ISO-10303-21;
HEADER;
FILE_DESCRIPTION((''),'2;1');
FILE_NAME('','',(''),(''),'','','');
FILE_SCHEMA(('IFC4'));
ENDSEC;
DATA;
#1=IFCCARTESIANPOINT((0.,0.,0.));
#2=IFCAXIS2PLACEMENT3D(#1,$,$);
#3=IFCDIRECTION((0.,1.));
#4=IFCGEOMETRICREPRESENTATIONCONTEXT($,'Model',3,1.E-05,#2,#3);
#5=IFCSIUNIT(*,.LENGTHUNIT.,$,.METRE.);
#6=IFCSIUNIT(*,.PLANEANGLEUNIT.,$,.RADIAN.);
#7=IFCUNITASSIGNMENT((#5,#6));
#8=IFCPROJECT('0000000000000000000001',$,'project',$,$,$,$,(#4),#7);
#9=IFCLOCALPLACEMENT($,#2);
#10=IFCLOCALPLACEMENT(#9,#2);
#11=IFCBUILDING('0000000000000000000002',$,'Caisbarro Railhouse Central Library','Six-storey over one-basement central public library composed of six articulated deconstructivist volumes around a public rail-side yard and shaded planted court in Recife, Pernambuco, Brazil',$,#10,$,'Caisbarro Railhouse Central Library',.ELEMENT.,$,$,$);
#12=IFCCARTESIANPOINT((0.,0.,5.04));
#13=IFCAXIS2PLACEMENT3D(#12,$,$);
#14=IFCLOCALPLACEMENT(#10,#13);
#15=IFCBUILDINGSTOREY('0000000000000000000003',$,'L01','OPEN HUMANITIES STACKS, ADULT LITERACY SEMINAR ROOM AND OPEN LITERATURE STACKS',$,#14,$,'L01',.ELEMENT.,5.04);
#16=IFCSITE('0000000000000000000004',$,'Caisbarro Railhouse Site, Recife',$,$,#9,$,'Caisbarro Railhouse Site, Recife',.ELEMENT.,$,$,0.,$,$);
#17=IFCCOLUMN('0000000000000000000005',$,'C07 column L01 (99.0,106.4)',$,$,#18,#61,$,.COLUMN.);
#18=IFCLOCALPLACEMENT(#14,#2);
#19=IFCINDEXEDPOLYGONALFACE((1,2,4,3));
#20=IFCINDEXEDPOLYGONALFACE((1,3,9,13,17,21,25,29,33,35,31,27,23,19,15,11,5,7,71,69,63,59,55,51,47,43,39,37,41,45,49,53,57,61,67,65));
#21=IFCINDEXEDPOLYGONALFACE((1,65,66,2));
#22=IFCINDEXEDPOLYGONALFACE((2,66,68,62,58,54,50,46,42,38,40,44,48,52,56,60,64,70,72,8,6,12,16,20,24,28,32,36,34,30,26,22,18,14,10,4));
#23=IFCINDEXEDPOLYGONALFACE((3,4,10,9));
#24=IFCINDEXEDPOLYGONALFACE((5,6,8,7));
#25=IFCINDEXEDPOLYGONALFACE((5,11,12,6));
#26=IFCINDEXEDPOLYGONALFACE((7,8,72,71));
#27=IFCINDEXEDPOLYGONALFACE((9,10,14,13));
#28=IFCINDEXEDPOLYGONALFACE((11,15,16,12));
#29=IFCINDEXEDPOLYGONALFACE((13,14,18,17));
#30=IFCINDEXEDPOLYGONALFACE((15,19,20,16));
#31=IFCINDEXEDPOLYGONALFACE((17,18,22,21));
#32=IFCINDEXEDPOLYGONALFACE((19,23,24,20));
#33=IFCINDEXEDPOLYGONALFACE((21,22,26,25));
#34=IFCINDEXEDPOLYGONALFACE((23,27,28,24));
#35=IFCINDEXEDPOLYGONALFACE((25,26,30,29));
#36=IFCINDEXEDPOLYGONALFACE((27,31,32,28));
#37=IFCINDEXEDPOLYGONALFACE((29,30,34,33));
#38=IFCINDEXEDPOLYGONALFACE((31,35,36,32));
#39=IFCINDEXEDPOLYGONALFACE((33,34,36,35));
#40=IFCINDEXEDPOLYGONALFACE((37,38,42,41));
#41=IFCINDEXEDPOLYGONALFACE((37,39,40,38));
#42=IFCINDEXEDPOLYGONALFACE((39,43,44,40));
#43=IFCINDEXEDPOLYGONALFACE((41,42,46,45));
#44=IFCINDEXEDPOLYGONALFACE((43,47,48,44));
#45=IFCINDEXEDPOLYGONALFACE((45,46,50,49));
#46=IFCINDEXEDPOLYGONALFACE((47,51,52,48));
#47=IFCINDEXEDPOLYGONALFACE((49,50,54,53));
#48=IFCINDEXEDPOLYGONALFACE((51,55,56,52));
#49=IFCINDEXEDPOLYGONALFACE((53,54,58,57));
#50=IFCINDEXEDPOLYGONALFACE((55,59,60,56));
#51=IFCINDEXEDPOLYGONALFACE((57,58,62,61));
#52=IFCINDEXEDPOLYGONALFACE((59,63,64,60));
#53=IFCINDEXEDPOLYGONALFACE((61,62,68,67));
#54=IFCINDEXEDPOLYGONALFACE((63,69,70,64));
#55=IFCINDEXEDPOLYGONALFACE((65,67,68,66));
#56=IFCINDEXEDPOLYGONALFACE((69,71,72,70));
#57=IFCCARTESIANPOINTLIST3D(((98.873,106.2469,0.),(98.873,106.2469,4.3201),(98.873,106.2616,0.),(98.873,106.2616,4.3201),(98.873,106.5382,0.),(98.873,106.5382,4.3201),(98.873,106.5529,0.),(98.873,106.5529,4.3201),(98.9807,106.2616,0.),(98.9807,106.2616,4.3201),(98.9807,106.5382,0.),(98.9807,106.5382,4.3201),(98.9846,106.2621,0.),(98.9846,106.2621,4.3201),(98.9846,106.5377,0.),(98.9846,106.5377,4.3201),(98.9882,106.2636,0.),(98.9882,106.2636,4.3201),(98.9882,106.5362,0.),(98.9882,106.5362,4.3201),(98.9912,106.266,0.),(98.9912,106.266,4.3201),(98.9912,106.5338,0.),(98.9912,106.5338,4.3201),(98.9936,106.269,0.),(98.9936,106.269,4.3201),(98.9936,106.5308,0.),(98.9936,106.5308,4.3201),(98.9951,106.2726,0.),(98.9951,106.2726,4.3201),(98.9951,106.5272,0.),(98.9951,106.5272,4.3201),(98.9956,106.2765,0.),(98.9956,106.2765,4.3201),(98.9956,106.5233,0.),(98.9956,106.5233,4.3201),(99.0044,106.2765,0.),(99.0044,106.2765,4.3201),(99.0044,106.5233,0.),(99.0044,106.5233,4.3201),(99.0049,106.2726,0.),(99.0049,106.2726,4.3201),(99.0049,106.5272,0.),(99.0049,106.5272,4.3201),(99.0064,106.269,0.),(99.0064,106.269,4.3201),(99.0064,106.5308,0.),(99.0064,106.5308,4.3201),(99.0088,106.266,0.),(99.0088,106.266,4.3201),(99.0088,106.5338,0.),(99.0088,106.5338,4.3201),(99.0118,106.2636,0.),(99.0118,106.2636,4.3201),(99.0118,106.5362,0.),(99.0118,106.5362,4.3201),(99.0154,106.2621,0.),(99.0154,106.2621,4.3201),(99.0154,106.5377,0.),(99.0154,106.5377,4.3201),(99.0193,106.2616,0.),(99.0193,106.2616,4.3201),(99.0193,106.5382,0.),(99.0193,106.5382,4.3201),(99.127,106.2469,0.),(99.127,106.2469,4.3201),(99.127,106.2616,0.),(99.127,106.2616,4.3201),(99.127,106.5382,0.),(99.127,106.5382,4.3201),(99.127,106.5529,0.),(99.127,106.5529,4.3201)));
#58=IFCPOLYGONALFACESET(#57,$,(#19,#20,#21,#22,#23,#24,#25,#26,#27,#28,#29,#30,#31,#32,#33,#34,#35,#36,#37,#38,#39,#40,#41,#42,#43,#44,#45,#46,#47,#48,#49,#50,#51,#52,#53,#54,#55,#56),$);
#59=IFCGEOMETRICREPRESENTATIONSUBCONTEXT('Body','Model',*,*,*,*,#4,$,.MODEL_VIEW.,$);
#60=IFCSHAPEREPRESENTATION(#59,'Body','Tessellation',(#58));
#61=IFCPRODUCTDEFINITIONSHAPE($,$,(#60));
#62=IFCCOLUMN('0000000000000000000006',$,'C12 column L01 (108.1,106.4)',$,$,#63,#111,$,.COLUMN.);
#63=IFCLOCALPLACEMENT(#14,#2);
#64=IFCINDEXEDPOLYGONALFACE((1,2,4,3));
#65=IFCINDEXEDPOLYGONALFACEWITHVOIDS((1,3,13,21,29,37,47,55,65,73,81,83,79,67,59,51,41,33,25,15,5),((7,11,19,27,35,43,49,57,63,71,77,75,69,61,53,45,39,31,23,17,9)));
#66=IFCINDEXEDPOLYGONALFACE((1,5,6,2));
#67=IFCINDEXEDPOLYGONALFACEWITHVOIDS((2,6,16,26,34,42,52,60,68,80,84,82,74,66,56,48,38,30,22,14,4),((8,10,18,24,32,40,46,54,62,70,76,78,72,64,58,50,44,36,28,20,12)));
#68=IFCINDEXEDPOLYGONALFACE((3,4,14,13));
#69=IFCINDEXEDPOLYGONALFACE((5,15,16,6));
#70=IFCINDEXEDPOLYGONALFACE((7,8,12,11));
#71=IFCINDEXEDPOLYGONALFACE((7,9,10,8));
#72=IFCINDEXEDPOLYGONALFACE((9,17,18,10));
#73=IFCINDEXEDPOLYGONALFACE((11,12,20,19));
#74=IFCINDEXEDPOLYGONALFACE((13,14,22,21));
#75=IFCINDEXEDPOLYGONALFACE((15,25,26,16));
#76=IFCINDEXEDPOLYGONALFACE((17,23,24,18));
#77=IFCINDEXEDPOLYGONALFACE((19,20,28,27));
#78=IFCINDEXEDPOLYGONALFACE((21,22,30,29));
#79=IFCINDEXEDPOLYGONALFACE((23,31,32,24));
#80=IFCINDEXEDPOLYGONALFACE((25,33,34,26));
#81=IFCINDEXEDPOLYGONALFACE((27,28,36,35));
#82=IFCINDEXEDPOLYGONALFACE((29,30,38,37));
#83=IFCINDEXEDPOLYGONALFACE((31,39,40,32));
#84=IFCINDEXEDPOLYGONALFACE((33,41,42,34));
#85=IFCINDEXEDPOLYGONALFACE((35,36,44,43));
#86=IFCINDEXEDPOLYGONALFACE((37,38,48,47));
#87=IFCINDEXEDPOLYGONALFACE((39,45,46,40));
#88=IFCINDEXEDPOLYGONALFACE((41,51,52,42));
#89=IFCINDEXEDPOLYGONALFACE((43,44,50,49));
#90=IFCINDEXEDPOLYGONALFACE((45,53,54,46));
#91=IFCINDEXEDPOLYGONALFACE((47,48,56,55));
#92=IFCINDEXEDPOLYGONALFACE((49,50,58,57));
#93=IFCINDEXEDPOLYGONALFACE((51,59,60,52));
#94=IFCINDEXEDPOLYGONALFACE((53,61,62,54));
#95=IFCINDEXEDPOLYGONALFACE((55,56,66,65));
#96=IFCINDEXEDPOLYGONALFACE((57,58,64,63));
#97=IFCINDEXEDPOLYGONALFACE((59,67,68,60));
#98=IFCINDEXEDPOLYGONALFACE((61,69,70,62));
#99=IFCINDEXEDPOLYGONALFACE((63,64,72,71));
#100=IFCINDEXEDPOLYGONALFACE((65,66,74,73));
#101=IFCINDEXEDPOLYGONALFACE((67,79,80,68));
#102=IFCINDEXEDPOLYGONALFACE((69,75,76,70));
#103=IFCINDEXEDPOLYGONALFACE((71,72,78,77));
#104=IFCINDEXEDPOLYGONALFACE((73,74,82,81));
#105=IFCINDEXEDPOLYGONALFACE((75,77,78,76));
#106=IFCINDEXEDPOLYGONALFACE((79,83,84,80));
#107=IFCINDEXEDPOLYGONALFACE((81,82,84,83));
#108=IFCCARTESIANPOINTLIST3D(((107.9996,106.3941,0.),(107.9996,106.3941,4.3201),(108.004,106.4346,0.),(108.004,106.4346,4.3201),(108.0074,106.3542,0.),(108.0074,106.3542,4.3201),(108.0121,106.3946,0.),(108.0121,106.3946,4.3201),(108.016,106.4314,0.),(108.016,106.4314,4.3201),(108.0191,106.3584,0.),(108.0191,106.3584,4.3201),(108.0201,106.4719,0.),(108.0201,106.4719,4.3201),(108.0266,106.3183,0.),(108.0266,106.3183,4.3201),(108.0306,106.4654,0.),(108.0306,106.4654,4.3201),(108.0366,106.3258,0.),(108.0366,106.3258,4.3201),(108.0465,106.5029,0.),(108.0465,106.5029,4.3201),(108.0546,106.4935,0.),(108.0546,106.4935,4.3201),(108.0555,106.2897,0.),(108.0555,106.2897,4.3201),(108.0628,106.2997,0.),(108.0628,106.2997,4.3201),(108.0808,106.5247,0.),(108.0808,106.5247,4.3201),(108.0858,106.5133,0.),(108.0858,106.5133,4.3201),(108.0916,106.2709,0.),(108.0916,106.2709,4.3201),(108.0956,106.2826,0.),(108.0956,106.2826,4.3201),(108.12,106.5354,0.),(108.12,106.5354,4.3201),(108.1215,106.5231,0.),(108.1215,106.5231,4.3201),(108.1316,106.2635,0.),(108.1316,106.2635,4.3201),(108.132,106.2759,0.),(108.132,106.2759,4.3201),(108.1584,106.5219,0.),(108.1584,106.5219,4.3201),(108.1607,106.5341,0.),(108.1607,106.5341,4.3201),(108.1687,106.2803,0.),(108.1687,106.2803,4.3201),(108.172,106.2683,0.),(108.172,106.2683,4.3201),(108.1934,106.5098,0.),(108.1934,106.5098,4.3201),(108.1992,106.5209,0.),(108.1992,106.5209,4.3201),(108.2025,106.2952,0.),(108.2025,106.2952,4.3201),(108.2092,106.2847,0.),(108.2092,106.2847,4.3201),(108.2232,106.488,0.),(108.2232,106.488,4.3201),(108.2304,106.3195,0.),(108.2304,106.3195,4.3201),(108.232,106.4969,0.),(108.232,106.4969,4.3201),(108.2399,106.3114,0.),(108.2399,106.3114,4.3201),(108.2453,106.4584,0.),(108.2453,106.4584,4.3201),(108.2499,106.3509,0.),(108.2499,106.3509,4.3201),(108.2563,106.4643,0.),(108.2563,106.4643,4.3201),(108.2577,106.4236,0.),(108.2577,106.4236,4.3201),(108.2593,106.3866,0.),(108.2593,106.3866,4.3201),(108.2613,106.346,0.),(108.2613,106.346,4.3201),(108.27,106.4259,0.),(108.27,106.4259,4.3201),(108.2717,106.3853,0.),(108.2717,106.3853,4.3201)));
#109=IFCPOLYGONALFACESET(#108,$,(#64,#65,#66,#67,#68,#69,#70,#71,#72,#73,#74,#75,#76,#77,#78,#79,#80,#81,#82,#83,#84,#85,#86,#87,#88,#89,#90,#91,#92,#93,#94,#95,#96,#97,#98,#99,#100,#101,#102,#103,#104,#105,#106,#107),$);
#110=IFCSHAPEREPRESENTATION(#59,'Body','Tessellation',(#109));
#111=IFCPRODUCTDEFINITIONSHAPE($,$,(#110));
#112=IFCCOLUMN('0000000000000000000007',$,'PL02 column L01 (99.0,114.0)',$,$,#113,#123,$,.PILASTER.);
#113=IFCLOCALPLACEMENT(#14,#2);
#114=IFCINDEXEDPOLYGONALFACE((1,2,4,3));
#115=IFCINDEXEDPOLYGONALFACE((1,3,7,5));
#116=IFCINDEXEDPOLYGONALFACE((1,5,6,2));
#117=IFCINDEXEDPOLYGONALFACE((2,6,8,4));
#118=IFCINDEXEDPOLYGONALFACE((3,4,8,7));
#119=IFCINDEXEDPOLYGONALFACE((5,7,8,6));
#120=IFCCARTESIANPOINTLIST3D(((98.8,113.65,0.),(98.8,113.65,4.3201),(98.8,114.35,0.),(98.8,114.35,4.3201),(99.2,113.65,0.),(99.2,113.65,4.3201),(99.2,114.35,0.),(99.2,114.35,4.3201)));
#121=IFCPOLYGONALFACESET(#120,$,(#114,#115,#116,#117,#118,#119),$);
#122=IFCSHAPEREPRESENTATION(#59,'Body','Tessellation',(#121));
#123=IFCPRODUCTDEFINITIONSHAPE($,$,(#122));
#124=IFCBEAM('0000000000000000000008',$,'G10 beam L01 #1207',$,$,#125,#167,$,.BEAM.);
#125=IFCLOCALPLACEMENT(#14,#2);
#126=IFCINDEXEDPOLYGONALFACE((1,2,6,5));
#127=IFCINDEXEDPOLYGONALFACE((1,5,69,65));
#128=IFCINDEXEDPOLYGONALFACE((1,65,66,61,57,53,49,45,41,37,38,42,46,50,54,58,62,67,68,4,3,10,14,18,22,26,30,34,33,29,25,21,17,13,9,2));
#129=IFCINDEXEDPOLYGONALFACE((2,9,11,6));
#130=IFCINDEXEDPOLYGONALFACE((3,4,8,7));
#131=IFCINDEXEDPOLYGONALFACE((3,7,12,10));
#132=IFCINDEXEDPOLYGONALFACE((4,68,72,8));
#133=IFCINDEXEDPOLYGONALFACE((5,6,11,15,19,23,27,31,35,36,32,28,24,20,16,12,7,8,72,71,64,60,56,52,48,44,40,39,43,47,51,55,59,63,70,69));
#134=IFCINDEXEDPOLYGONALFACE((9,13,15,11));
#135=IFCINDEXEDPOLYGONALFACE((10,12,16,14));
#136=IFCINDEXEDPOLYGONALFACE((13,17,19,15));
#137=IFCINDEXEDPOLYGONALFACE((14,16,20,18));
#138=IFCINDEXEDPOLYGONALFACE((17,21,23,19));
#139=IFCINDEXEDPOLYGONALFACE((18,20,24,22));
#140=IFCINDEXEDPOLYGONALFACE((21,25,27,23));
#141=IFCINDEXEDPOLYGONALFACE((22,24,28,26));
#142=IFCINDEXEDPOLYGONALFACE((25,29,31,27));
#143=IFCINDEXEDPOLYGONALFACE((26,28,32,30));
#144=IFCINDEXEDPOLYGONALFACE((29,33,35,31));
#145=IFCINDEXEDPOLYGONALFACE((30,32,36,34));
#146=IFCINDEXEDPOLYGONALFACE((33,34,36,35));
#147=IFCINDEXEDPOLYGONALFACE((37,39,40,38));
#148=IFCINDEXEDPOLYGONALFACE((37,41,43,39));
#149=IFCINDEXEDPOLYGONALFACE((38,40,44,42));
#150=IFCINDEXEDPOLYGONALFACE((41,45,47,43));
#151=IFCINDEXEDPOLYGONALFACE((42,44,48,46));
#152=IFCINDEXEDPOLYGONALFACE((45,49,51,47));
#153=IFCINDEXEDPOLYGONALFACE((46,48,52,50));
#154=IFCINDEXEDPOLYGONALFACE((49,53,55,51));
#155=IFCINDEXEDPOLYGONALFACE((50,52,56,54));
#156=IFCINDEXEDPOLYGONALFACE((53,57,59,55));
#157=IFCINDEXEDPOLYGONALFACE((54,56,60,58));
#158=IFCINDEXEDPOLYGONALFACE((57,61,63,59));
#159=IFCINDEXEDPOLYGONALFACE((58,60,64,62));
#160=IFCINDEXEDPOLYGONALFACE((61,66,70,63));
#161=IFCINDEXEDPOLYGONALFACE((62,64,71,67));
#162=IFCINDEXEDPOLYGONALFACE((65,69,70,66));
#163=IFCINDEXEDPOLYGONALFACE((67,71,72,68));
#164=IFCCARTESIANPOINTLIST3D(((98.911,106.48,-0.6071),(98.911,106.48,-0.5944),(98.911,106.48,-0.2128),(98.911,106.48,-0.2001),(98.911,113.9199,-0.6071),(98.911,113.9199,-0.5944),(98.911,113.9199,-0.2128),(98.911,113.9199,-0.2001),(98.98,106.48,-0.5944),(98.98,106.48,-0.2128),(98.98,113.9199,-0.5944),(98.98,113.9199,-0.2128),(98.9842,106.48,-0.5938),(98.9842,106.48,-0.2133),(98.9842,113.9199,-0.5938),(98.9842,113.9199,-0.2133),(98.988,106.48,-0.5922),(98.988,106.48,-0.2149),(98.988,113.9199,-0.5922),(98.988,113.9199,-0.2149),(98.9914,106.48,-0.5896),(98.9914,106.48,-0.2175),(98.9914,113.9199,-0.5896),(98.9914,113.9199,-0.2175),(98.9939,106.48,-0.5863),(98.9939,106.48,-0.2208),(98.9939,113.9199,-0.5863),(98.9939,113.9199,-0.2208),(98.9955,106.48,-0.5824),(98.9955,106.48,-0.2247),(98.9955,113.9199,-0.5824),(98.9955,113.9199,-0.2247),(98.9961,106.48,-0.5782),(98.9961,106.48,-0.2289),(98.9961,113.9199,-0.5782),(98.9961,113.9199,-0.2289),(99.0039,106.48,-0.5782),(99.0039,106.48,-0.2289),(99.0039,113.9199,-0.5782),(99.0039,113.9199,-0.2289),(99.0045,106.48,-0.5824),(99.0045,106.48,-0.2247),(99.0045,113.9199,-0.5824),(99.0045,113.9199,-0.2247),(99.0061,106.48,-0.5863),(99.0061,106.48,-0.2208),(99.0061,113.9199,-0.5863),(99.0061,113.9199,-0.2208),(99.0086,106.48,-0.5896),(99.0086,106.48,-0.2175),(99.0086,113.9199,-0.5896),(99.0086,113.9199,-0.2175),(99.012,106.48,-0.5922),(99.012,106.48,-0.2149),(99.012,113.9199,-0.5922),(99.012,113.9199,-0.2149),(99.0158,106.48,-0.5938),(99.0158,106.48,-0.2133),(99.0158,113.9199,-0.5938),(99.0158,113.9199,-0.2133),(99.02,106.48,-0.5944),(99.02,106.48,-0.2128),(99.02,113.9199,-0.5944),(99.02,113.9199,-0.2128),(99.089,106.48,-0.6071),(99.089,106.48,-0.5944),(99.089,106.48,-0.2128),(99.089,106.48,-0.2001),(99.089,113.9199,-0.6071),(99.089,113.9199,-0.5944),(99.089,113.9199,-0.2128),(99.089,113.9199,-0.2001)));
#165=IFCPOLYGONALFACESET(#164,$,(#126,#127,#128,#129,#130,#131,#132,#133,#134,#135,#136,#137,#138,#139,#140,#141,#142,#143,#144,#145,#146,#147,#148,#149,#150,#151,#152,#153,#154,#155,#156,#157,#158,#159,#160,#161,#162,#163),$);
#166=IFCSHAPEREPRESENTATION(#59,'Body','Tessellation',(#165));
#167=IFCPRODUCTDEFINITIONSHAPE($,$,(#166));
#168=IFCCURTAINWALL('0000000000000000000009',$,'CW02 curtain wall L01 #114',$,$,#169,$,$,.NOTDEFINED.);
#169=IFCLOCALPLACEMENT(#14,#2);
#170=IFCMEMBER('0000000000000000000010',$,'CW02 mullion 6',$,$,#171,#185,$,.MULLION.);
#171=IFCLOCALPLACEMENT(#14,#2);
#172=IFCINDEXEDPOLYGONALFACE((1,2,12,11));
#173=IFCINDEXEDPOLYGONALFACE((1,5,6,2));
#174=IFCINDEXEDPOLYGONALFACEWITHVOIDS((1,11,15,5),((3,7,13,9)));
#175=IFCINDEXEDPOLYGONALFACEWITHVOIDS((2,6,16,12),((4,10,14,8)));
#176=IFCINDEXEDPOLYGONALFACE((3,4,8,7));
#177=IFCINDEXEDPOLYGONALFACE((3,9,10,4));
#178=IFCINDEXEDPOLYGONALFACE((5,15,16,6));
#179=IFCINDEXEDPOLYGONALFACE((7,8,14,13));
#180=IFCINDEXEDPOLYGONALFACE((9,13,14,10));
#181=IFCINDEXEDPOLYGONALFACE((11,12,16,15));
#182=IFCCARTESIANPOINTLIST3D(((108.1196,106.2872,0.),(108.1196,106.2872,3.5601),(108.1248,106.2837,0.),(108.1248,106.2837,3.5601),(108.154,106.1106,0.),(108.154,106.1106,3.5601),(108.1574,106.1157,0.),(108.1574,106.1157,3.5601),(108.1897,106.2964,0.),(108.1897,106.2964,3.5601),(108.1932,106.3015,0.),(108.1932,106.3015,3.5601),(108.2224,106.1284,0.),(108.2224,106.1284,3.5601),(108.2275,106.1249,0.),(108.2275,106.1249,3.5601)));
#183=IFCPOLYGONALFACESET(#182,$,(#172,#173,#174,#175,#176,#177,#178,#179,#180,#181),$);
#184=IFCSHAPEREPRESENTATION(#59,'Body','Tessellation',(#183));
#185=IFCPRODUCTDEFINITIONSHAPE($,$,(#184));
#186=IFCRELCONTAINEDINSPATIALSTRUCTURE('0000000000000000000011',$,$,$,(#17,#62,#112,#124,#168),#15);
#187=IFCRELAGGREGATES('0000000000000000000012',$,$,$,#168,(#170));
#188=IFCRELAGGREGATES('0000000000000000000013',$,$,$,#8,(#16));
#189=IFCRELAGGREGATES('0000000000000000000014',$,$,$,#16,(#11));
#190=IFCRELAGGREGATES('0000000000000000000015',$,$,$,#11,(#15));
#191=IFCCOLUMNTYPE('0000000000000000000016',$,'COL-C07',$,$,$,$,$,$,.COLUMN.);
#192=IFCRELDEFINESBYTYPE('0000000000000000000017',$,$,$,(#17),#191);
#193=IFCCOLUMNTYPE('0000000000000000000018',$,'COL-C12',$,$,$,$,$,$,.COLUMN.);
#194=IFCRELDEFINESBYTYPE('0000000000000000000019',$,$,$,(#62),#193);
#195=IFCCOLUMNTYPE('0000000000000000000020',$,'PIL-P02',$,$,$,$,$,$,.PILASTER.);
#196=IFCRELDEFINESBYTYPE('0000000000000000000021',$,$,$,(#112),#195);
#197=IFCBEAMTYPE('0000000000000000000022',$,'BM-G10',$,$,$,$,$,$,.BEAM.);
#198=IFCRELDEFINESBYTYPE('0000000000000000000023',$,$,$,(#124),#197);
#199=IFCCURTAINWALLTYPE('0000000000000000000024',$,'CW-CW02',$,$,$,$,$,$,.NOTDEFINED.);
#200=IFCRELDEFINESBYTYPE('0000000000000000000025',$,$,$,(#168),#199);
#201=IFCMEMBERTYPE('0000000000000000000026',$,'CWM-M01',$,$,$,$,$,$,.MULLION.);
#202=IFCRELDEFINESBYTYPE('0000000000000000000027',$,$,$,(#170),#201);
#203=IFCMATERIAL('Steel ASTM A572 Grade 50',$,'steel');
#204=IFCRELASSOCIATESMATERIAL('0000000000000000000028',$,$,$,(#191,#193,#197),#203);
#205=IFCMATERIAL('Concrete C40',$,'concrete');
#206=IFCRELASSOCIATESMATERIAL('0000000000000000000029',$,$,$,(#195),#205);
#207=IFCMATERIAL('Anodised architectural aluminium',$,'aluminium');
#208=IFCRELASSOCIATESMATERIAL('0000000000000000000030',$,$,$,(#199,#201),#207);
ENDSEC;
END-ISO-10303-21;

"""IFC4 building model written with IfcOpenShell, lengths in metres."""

from ifc_helpers import new_model, si_unit, direction, frame, origin, origin_2d, place, context, subcontext, project, spatial, rectangle, hollow_rectangle, hollow_circle, i_section, extrude, material, material_profile, profile_set, type_object, element, aggregate, save


model = new_model("IFC4")

# Units and contexts
model_context = context("Model", 3, precision=1e-05, world=origin(), true_north=direction((0.0, 1.0)))
body_context = subcontext(model_context, "Body", "Model", "MODEL_VIEW")
ifc_project = project(units=[si_unit("LENGTHUNIT", "METRE"), si_unit("PLANEANGLEUNIT", "RADIAN")], contexts=[model_context])

# Site, building, storey
site_placement = place(None, origin())
site = spatial("IfcSite", under=ifc_project, at=site_placement, Name="Caisbarro Railhouse Site, Recife", LongName="Caisbarro Railhouse Site, Recife", CompositionType="ELEMENT", RefElevation=0.0)
building_placement = place(site_placement, origin())
building = spatial("IfcBuilding", under=site, at=building_placement, Name="Caisbarro Railhouse Central Library", Description="Six-storey over one-basement central public library composed of six articulated deconstructivist volumes around a public rail-side yard and shaded planted court in Recife, Pernambuco, Brazil", LongName="Caisbarro Railhouse Central Library", CompositionType="ELEMENT")
storey_placement = place(building_placement, frame((0.0, 0.0, 5.04)))
storey = spatial("IfcBuildingStorey", under=building, at=storey_placement, Name="L01", Description="OPEN HUMANITIES STACKS, ADULT LITERACY SEMINAR ROOM AND OPEN LITERATURE STACKS", LongName="L01", CompositionType="ELEMENT", Elevation=5.04)

# Columns
ifc_material_1 = material(Name="Steel ASTM A572 Grade 50", Category="steel")
ifc_material_profile_1 = material_profile(ifc_material_1, i_section(OverallWidth=0.2539, OverallDepth=0.3059, WebThickness=0.0088, FlangeThickness=0.0146, FilletRadius=0.0149, at=origin_2d()), Name="W310X79.0")
ifc_profile_set_1 = profile_set([ifc_material_profile_1], Name="Steel ASTM A572 Grade 50")
column_type_1 = type_object("IfcColumnType", Name="COL-C07", PredefinedType="COLUMN", material=ifc_profile_set_1)
column_1_placement = place(storey_placement, frame((99.0, 106.3999, 0.0), z_axis=(0.0, 0.0, 1.0), x_axis=(1.0, 0.0, 0.0)))
element("IfcColumn", 1, at=column_1_placement, inside=storey, type_object=column_type_1, Name="C07 column L01 (99.0,106.4)", PredefinedType="COLUMN", context=body_context, shape_type="SweptSolid", body=[
    extrude(i_section(OverallWidth=0.2539, OverallDepth=0.3059, WebThickness=0.0088, FlangeThickness=0.0146, FilletRadius=0.0149, at=origin_2d()), origin(), (0.0, 0.0, 1.0), 4.3201),
])
ifc_material_profile_2 = material_profile(ifc_material_1, hollow_circle(Radius=0.1365, WallThickness=0.0125, at=origin_2d()), Name="CHS273.0X12.5")
ifc_profile_set_2 = profile_set([ifc_material_profile_2], Name="Steel ASTM A572 Grade 50")
column_type_2 = type_object("IfcColumnType", Name="COL-C12", PredefinedType="COLUMN", material=ifc_profile_set_2)
column_2_placement = place(storey_placement, frame((108.136, 106.3999, 0.0), z_axis=(0.0, 0.0, 1.0), x_axis=(0.981627, 0.190809, 0.0)))
element("IfcColumn", 2, at=column_2_placement, inside=storey, type_object=column_type_2, Name="C12 column L01 (108.1,106.4)", PredefinedType="COLUMN", context=body_context, shape_type="SweptSolid", body=[
    extrude(hollow_circle(Radius=0.1365, WallThickness=0.0125, at=origin_2d()), origin(), (0.0, 0.0, 1.0), 4.3201),
])
ifc_material_2 = material(Name="Concrete C40", Category="concrete")
ifc_material_profile_3 = material_profile(ifc_material_2, rectangle(XDim=0.3999, YDim=0.7, at=origin_2d()), Name="RC-PIL-400X700")
ifc_profile_set_3 = profile_set([ifc_material_profile_3], Name="Concrete C40")
column_type_3 = type_object("IfcColumnType", Name="PIL-P02", PredefinedType="PILASTER", material=ifc_profile_set_3)
column_3_placement = place(storey_placement, frame((99.0, 114.0, 0.0), z_axis=(0.0, 0.0, 1.0), x_axis=(1.0, 0.0, 0.0)))
element("IfcColumn", 3, at=column_3_placement, inside=storey, type_object=column_type_3, Name="PL02 column L01 (99.0,114.0)", PredefinedType="PILASTER", context=body_context, shape_type="SweptSolid", body=[
    extrude(rectangle(XDim=0.3999, YDim=0.7, at=origin_2d()), origin(), (0.0, 0.0, 1.0), 4.3201),
])

# Beam
ifc_material_profile_4 = material_profile(ifc_material_1, i_section(OverallWidth=0.178, OverallDepth=0.407, WebThickness=0.0078, FlangeThickness=0.0127, FilletRadius=0.0161, at=origin_2d()), Name="W410X60.0")
ifc_profile_set_4 = profile_set([ifc_material_profile_4], Name="Steel ASTM A572 Grade 50")
beam_type = type_object("IfcBeamType", Name="BM-G10", PredefinedType="BEAM", material=ifc_profile_set_4)
beam_placement = place(storey_placement, frame((99.0, 106.48, -0.4036), z_axis=(0.0, 1.0, 0.0), x_axis=(-1.0, 0.0, 0.0)))
element("IfcBeam", 4, at=beam_placement, inside=storey, type_object=beam_type, Name="G10 beam L01 #1207", PredefinedType="BEAM", context=body_context, shape_type="SweptSolid", body=[
    extrude(i_section(OverallWidth=0.178, OverallDepth=0.407, WebThickness=0.0078, FlangeThickness=0.0127, FilletRadius=0.0161, at=origin_2d()), origin(), (0.0, 0.0, 1.0), 7.4399),
])

# Curtain wall, member
ifc_material_3 = material(Name="Anodised architectural aluminium", Category="aluminium")
curtain_wall_type_1 = type_object("IfcCurtainWallType", Name="CW-CW02", PredefinedType="NOTDEFINED", material=ifc_material_3)
curtain_wall_1_placement = place(storey_placement, origin())
curtain_wall_1 = element("IfcCurtainWall", 5, at=curtain_wall_1_placement, inside=storey, type_object=curtain_wall_type_1, Name="CW02 curtain wall L01 #114", PredefinedType="NOTDEFINED")
ifc_material_profile_5 = material_profile(ifc_material_3, hollow_rectangle(XDim=0.075, YDim=0.1799, WallThickness=0.0044, at=origin_2d()), Name="ALU-MUL-75X180")
ifc_profile_set_5 = profile_set([ifc_material_profile_5], Name="Anodised architectural aluminium")
member_type_1 = type_object("IfcMemberType", Name="CWM-M01", PredefinedType="MULLION", material=ifc_profile_set_5)
member_1_placement = place(storey_placement, frame((108.1736, 106.2061, 0.0), z_axis=(0.0, 0.0, 1.0), x_axis=(-0.981607, -0.190911, 0.0)))
member_1 = element("IfcMember", 6, at=member_1_placement, type_object=member_type_1, Name="CW02 mullion 6", PredefinedType="MULLION", context=body_context, shape_type="SweptSolid", body=[
    extrude(hollow_rectangle(XDim=0.075, YDim=0.1799, WallThickness=0.0044, at=origin_2d()), origin(), (0.0, 0.0, 1.0), 3.5601),
])

aggregate(curtain_wall_1, [member_1])

save(model, "model.ifc")
